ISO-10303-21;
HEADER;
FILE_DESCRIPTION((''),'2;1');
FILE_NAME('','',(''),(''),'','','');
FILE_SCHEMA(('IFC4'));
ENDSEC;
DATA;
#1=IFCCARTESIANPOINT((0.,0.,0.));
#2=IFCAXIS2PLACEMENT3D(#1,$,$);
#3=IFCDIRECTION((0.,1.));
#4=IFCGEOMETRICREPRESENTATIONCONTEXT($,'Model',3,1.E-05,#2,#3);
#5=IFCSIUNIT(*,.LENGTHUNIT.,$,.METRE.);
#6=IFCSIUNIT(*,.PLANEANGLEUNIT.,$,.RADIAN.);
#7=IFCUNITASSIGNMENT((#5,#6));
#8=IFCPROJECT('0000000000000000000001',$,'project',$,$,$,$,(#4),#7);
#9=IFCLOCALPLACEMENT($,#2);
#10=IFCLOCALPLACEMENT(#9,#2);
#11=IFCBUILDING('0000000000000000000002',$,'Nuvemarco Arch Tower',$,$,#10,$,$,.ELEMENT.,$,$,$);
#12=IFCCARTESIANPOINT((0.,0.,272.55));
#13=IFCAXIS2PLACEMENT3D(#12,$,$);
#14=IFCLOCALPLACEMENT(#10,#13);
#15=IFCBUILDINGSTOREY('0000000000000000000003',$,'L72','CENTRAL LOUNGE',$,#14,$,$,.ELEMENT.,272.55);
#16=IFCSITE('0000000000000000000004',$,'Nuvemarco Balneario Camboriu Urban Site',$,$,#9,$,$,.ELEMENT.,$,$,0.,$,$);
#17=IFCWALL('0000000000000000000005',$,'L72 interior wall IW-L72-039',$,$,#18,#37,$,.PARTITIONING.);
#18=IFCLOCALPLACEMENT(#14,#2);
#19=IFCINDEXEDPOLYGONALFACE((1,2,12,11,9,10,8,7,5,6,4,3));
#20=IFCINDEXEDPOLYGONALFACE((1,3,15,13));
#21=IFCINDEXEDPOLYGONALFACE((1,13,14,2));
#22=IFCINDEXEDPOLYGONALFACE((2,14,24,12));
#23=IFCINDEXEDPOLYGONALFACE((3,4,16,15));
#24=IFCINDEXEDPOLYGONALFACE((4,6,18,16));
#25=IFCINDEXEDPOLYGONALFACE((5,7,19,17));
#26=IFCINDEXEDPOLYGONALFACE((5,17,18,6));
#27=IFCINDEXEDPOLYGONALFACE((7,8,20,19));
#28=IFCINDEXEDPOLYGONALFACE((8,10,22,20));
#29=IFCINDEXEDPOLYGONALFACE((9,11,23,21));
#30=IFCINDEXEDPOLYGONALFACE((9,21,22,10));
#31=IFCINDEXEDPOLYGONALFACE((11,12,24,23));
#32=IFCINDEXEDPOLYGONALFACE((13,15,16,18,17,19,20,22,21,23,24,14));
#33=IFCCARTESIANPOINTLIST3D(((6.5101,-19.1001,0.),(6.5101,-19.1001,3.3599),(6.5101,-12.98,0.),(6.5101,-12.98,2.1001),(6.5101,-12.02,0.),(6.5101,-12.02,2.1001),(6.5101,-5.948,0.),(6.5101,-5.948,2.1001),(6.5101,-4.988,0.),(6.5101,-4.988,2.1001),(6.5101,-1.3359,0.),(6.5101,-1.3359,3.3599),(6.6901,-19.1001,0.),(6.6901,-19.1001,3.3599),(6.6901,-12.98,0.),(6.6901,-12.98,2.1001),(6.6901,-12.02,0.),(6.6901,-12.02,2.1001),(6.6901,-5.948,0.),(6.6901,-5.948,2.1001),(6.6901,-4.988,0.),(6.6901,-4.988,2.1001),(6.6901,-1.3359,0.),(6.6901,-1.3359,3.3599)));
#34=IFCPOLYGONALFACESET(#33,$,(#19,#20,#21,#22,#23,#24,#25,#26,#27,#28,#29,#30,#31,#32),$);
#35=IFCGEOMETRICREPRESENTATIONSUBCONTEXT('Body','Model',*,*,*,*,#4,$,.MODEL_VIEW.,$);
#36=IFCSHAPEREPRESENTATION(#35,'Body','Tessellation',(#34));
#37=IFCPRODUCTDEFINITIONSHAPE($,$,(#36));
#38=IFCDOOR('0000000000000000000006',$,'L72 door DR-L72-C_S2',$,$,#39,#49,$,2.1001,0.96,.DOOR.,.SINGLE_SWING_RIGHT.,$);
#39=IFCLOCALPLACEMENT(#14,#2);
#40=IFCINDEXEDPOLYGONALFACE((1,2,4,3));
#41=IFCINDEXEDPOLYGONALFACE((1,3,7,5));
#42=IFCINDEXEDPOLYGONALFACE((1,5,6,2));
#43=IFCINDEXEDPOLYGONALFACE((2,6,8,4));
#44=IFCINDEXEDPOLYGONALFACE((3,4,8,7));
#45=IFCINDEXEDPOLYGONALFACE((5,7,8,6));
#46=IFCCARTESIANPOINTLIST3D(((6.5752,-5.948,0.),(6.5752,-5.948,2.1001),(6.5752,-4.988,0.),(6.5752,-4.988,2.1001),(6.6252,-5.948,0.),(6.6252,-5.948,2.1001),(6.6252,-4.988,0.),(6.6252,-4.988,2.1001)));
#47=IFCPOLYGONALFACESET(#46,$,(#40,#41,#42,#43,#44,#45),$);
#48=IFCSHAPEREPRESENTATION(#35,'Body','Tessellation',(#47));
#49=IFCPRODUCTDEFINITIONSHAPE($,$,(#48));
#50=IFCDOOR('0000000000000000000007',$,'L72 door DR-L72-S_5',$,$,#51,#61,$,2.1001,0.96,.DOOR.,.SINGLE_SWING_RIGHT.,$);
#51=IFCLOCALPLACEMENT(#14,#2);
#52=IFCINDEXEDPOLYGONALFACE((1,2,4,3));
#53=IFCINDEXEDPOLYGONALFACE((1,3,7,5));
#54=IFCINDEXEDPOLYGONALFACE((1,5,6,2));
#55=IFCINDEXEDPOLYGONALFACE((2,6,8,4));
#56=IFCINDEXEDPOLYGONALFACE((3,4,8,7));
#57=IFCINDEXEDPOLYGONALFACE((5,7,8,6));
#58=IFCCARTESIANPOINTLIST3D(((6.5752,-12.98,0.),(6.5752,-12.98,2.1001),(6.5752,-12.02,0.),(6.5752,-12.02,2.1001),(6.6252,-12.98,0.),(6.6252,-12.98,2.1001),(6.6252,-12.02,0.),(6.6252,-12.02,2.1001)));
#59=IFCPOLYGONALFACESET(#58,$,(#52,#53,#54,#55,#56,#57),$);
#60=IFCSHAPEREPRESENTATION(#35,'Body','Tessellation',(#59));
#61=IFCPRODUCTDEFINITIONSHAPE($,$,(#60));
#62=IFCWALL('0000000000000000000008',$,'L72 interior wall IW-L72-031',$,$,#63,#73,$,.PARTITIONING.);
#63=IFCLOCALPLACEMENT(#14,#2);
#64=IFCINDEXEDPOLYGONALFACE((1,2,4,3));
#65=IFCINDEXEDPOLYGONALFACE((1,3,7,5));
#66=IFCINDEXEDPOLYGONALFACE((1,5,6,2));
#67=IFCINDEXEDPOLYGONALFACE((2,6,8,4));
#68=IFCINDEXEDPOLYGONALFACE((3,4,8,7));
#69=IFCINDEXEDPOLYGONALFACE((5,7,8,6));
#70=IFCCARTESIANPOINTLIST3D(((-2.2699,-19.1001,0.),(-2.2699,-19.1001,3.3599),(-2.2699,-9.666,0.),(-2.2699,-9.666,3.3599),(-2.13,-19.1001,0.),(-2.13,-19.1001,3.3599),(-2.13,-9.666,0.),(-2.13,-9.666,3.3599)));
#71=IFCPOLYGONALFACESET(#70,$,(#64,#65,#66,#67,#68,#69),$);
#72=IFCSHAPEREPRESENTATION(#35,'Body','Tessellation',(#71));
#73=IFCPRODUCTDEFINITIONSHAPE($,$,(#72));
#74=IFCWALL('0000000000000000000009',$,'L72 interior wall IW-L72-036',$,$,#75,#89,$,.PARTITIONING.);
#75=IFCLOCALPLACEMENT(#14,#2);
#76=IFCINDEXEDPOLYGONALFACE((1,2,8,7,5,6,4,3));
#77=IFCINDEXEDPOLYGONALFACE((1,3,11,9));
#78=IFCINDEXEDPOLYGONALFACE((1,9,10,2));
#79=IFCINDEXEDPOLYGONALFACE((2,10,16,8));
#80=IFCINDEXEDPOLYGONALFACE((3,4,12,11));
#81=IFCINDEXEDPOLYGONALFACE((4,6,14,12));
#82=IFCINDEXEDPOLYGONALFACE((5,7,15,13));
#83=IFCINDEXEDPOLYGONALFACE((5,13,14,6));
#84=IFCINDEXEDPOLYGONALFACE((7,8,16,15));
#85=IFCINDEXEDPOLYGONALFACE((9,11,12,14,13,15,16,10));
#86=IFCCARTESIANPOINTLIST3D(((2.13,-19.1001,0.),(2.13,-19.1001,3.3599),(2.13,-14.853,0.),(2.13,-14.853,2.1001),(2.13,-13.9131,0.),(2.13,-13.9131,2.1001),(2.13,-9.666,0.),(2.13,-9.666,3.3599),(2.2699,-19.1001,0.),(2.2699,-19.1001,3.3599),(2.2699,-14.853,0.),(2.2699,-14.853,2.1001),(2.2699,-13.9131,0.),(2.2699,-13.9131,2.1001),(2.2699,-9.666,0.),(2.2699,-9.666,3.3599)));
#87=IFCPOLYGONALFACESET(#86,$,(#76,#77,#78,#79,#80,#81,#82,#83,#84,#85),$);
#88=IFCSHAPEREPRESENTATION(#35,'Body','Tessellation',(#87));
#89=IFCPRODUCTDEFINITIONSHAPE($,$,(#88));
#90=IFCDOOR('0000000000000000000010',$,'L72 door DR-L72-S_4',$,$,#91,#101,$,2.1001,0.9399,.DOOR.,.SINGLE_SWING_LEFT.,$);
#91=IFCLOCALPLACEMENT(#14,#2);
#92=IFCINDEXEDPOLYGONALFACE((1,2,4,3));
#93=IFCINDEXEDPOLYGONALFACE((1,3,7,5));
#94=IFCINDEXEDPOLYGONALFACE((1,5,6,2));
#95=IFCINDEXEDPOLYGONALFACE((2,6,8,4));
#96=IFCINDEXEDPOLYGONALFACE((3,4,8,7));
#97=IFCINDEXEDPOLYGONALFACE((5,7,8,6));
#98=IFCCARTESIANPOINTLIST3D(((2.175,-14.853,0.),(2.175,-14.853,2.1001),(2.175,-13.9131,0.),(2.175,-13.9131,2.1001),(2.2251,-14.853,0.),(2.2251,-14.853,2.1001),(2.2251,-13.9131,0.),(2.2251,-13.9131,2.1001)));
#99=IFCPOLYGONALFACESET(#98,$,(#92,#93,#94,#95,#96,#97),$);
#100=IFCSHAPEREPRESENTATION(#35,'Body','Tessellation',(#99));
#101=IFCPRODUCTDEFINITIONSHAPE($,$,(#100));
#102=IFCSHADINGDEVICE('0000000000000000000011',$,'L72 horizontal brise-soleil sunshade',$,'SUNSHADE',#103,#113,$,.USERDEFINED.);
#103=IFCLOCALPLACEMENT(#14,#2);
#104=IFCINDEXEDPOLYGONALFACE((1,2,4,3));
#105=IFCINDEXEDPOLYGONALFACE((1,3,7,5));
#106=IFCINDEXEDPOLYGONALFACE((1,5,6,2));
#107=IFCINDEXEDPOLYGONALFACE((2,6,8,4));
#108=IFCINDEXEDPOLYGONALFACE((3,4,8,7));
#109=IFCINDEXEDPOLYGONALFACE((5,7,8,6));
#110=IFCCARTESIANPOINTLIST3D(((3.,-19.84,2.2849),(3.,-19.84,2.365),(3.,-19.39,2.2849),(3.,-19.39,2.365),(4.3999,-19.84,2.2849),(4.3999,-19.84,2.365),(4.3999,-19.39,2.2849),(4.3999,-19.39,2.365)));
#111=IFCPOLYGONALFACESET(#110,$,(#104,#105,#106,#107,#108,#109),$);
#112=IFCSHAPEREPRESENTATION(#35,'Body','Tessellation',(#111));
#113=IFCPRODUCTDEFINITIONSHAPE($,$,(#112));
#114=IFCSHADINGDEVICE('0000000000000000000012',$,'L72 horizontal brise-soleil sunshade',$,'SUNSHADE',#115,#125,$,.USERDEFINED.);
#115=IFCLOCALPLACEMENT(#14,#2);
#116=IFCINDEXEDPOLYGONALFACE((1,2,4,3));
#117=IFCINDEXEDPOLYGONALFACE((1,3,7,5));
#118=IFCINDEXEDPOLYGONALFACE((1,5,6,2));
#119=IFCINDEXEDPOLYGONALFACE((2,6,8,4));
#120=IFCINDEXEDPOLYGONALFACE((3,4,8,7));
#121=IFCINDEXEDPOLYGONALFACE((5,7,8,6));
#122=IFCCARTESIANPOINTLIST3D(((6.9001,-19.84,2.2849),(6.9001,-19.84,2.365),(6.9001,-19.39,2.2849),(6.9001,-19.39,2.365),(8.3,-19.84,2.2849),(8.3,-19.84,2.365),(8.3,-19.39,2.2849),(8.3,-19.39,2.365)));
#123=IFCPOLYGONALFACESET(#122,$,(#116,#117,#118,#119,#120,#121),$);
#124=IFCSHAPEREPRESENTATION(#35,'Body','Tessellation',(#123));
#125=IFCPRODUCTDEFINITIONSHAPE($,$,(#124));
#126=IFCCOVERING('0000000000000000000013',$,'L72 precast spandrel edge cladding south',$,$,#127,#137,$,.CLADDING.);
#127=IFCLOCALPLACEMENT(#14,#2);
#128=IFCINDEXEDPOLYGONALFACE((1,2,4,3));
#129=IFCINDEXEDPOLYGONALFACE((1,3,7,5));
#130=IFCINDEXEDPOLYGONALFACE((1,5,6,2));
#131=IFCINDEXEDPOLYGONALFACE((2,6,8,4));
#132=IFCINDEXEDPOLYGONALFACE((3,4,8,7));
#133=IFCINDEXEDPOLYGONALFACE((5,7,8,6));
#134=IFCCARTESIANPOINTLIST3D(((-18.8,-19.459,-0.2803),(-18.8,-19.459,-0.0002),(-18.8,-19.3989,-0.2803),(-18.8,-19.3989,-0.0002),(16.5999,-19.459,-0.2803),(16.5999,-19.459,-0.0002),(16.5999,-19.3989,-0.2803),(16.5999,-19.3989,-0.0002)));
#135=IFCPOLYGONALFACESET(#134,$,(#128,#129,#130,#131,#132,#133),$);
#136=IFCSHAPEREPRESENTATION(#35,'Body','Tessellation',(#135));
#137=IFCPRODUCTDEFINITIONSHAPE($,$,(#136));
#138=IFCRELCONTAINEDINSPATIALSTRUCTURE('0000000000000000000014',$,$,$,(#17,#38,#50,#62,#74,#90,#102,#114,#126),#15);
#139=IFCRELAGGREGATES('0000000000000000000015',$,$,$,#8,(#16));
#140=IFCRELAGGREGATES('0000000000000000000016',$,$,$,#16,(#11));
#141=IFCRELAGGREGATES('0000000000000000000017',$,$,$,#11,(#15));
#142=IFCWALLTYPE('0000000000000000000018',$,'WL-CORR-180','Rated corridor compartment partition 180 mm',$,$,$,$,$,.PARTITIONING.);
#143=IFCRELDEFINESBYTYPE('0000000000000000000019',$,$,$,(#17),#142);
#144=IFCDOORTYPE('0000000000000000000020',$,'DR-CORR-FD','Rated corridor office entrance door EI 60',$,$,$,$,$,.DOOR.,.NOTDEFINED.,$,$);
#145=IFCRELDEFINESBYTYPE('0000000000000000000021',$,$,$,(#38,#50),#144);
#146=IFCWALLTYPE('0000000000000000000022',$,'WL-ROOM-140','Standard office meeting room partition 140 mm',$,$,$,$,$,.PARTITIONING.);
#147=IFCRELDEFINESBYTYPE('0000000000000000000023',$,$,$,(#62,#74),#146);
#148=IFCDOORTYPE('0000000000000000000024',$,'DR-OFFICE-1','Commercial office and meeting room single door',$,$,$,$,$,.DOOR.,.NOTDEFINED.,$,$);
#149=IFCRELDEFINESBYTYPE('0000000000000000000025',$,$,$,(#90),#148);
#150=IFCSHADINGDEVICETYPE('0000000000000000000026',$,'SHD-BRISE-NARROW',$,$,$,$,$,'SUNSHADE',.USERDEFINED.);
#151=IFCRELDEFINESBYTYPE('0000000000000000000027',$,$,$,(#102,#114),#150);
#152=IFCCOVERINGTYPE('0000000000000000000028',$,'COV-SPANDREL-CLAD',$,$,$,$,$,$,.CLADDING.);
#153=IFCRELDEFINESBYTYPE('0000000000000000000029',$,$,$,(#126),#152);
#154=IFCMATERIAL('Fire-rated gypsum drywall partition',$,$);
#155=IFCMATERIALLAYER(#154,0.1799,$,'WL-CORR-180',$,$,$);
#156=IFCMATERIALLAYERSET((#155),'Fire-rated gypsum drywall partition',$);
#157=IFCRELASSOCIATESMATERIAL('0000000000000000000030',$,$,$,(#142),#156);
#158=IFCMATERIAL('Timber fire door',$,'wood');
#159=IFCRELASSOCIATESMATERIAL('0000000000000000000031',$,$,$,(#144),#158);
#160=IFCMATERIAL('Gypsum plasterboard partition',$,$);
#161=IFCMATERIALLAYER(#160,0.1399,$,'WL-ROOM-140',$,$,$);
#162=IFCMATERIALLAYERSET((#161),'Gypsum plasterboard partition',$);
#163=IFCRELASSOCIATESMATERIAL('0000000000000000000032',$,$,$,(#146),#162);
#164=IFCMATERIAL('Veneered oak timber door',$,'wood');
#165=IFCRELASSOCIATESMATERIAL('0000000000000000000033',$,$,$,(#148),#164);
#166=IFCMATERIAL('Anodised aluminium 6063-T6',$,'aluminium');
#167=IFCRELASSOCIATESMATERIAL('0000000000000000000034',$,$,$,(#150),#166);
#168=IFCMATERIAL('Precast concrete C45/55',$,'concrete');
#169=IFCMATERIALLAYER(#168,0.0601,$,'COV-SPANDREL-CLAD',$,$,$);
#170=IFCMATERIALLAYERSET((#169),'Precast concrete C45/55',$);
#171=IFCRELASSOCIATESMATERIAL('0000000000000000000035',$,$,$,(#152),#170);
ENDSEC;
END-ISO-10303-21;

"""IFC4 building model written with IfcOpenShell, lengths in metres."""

from ifc_helpers import new_model, si_unit, direction, frame, frame_2d, origin, origin_2d, place, context, subcontext, project, spatial, rectangle, extrude, source, transform, mapped, material, layer, layer_set, type_object, type_shapes, element, fill, save


model = new_model("IFC4")

# Units and contexts
model_context = context("Model", 3, precision=1e-05, world=origin(), true_north=direction((0.0, 1.0)))
body_context = subcontext(model_context, "Body", "Model", "MODEL_VIEW")
ifc_project = project(units=[si_unit("LENGTHUNIT", "METRE"), si_unit("PLANEANGLEUNIT", "RADIAN")], contexts=[model_context])

# Site, building, storey
site_placement = place(None, origin())
site = spatial("IfcSite", under=ifc_project, at=site_placement, Name="Nuvemarco Balneario Camboriu Urban Site", CompositionType="ELEMENT", RefElevation=0.0)
building_placement = place(site_placement, origin())
building = spatial("IfcBuilding", under=site, at=building_placement, Name="Nuvemarco Arch Tower", CompositionType="ELEMENT")
storey_placement = place(building_placement, frame((0.0, 0.0, 272.55)))
storey = spatial("IfcBuildingStorey", under=building, at=storey_placement, Name="L72", Description="CENTRAL LOUNGE", CompositionType="ELEMENT", Elevation=272.55)

# Shared definitions
ifc_material_1 = material(Name="Precast concrete C45/55", Category="concrete")

# Shared definitions
ifc_material_2 = material(Name="Fire-rated gypsum drywall partition")
ifc_layer_1 = layer(ifc_material_2, 0.1799, Name="WL-CORR-180")
ifc_layer_set_1 = layer_set([ifc_layer_1], Name="Fire-rated gypsum drywall partition")
wall_type_1 = type_object("IfcWallType", Name="WL-CORR-180", Description="Rated corridor compartment partition 180 mm", PredefinedType="PARTITIONING", material=ifc_layer_set_1)
ifc_material_3 = material(Name="Timber fire door", Category="wood")
door_type_1 = type_object("IfcDoorType", Name="DR-CORR-FD", Description="Rated corridor office entrance door EI 60", OperationType="NOTDEFINED", PredefinedType="DOOR", material=ifc_material_3)
shared_shape_1 = source(origin(), body_context, "Body", "SweptSolid", [
    extrude(rectangle(XDim=0.96, YDim=2.1001, at=frame_2d((0.48, 1.05))), frame((0.0, 0.0249, 0.0), z_axis=(0.0, -1.0, 0.0), x_axis=(1.0, 0.0, 0.0)), (0.0, 0.0, 1.0), 0.05),
])
type_shapes(door_type_1, [shared_shape_1])

# Wall, openings, doors
wall_1_placement = place(storey_placement, frame((6.6001, -19.1001, 0.0), z_axis=(0.0, 0.0, 1.0), x_axis=(0.0, 1.0, 0.0)))
wall_1 = element("IfcWall", 1, at=wall_1_placement, inside=storey, type_object=wall_type_1, Name="L72 interior wall IW-L72-039", PredefinedType="PARTITIONING", context=body_context, shape_type="SweptSolid", body=[
    extrude(rectangle(XDim=17.7642, YDim=0.1799, at=frame_2d((8.8821, 0.0))), origin(), (0.0, 0.0, 1.0), 3.3599),
])
opening_1_placement = place(wall_1_placement, frame((13.1521, 0.0, 0.0)))
opening_1 = element("IfcOpeningElement", 2, at=opening_1_placement, cuts=wall_1, PredefinedType="OPENING", context=body_context, shape_type="SweptSolid", body=[
    extrude(rectangle(XDim=0.96, YDim=2.1001, at=frame_2d((0.48, 1.05))), frame((0.0, 0.0999, 0.0), z_axis=(0.0, -1.0, 0.0), x_axis=(1.0, 0.0, 0.0)), (0.0, 0.0, 1.0), 0.2),
])
opening_2_placement = place(wall_1_placement, frame((6.1201, 0.0, 0.0)))
opening_2 = element("IfcOpeningElement", 3, at=opening_2_placement, cuts=wall_1, PredefinedType="OPENING", context=body_context, shape_type="SweptSolid", body=[
    extrude(rectangle(XDim=0.96, YDim=2.1001, at=frame_2d((0.48, 1.05))), frame((0.0, 0.0999, 0.0), z_axis=(0.0, -1.0, 0.0), x_axis=(1.0, 0.0, 0.0)), (0.0, 0.0, 1.0), 0.2),
])
door_1_placement = place(opening_1_placement, origin())
door_1 = element("IfcDoor", 4, at=door_1_placement, inside=storey, type_object=door_type_1, Name="L72 door DR-L72-C_S2", OperationType="SINGLE_SWING_RIGHT", OverallHeight=2.1001, OverallWidth=0.96, PredefinedType="DOOR", context=body_context, shape_type="MappedRepresentation", body=[
    mapped(shared_shape_1, transform((0.0, 0.0, 0.0), scale=1.0)),
])
fill(opening_1, door_1)
door_2_placement = place(opening_2_placement, origin())
door_2 = element("IfcDoor", 5, at=door_2_placement, inside=storey, type_object=door_type_1, Name="L72 door DR-L72-S_5", OperationType="SINGLE_SWING_RIGHT", OverallHeight=2.1001, OverallWidth=0.96, PredefinedType="DOOR", context=body_context, shape_type="MappedRepresentation", body=[
    mapped(shared_shape_1, transform((0.0, 0.0, 0.0), scale=1.0)),
])
fill(opening_2, door_2)

# Wall
ifc_material_4 = material(Name="Gypsum plasterboard partition")
ifc_layer_2 = layer(ifc_material_4, 0.1399, Name="WL-ROOM-140")
ifc_layer_set_2 = layer_set([ifc_layer_2], Name="Gypsum plasterboard partition")
wall_type_2 = type_object("IfcWallType", Name="WL-ROOM-140", Description="Standard office meeting room partition 140 mm", PredefinedType="PARTITIONING", material=ifc_layer_set_2)
wall_2_placement = place(storey_placement, frame((-2.2, -19.1001, 0.0), z_axis=(0.0, 0.0, 1.0), x_axis=(0.0, 1.0, 0.0)))
element("IfcWall", 6, at=wall_2_placement, inside=storey, type_object=wall_type_2, Name="L72 interior wall IW-L72-031", PredefinedType="PARTITIONING", context=body_context, shape_type="SweptSolid", body=[
    extrude(rectangle(XDim=9.4341, YDim=0.1399, at=frame_2d((4.717, 0.0))), origin(), (0.0, 0.0, 1.0), 3.3599),
])

# Wall, opening, door
wall_3_placement = place(storey_placement, frame((2.2, -19.1001, 0.0), z_axis=(0.0, 0.0, 1.0), x_axis=(0.0, 1.0, 0.0)))
wall_3 = element("IfcWall", 7, at=wall_3_placement, inside=storey, type_object=wall_type_2, Name="L72 interior wall IW-L72-036", PredefinedType="PARTITIONING", context=body_context, shape_type="SweptSolid", body=[
    extrude(rectangle(XDim=9.4341, YDim=0.1399, at=frame_2d((4.717, 0.0))), origin(), (0.0, 0.0, 1.0), 3.3599),
])
opening_3_placement = place(wall_3_placement, frame((4.2471, 0.0, 0.0)))
opening_3 = element("IfcOpeningElement", 8, at=opening_3_placement, cuts=wall_3, PredefinedType="OPENING", context=body_context, shape_type="SweptSolid", body=[
    extrude(rectangle(XDim=0.9399, YDim=2.1001, at=frame_2d((0.47, 1.05))), frame((0.0, 0.0798, 0.0), z_axis=(0.0, -1.0, 0.0), x_axis=(1.0, 0.0, 0.0)), (0.0, 0.0, 1.0), 0.1599),
])
ifc_material_5 = material(Name="Veneered oak timber door", Category="wood")
door_type_2 = type_object("IfcDoorType", Name="DR-OFFICE-1", Description="Commercial office and meeting room single door", OperationType="NOTDEFINED", PredefinedType="DOOR", material=ifc_material_5)
shared_shape_2 = source(origin(), body_context, "Body", "SweptSolid", [
    extrude(rectangle(XDim=0.9399, YDim=2.1001, at=frame_2d((0.47, 1.05))), frame((0.0, 0.0249, 0.0), z_axis=(0.0, -1.0, 0.0), x_axis=(1.0, 0.0, 0.0)), (0.0, 0.0, 1.0), 0.05),
])
type_shapes(door_type_2, [shared_shape_2])
door_3_placement = place(opening_3_placement, origin())
door_3 = element("IfcDoor", 9, at=door_3_placement, inside=storey, type_object=door_type_2, Name="L72 door DR-L72-S_4", OperationType="SINGLE_SWING_LEFT", OverallHeight=2.1001, OverallWidth=0.9399, PredefinedType="DOOR", context=body_context, shape_type="MappedRepresentation", body=[
    mapped(shared_shape_2, transform((0.0, 0.0, 0.0), scale=1.0)),
])
fill(opening_3, door_3)

# Shading devices
ifc_material_6 = material(Name="Anodised aluminium 6063-T6", Category="aluminium")
shading_device_type = type_object("IfcShadingDeviceType", Name="SHD-BRISE-NARROW", ElementType="SUNSHADE", PredefinedType="USERDEFINED", material=ifc_material_6)
shared_shape_3 = source(origin(), body_context, "Body", "SweptSolid", [
    extrude(rectangle(XDim=1.3999, YDim=0.45, at=origin_2d()), origin(), (0.0, 0.0, 1.0), 0.0801),
])
type_shapes(shading_device_type, [shared_shape_3])
for number, where, z_axis, x_axis, name in (
    (10, (3.7, -19.615, 2.2849), (0.0, 0.0, 1.0), (1.0, 0.0, 0.0), "L72 horizontal brise-soleil sunshade"),
    (11, (7.6001, -19.615, 2.2849), (0.0, 0.0, 1.0), (1.0, 0.0, 0.0), "L72 horizontal brise-soleil sunshade"),
):
    element("IfcShadingDevice", number, at=place(storey_placement, frame(where, z_axis=z_axis, x_axis=x_axis)), inside=storey, type_object=shading_device_type, Name=name, ObjectType="SUNSHADE", PredefinedType="USERDEFINED", context=body_context, shape_type="MappedRepresentation", body=[
        mapped(shared_shape_3, transform((0.0, 0.0, 0.0), scale=1.0)),
    ])

# Covering
ifc_layer_3 = layer(ifc_material_1, 0.0601, Name="COV-SPANDREL-CLAD")
ifc_layer_set_3 = layer_set([ifc_layer_3], Name="Precast concrete C45/55")
covering_type = type_object("IfcCoveringType", Name="COV-SPANDREL-CLAD", PredefinedType="CLADDING", material=ifc_layer_set_3)
shared_shape_4 = source(origin(), body_context, "Body", "SweptSolid", [
    extrude(rectangle(XDim=35.3999, YDim=0.0601, at=origin_2d()), origin(), (0.0, 0.0, 1.0), 0.28),
])
type_shapes(covering_type, [shared_shape_4])
covering_placement = place(storey_placement, frame((-1.1001, -19.429, -0.2803), z_axis=(0.0, 0.0, 1.0), x_axis=(1.0, 0.0, 0.0)))
element("IfcCovering", 12, at=covering_placement, inside=storey, type_object=covering_type, Name="L72 precast spandrel edge cladding south", PredefinedType="CLADDING", context=body_context, shape_type="MappedRepresentation", body=[
    mapped(shared_shape_4, transform((0.0, 0.0, 0.0), scale=1.0)),
])

save(model, "model.ifc")
